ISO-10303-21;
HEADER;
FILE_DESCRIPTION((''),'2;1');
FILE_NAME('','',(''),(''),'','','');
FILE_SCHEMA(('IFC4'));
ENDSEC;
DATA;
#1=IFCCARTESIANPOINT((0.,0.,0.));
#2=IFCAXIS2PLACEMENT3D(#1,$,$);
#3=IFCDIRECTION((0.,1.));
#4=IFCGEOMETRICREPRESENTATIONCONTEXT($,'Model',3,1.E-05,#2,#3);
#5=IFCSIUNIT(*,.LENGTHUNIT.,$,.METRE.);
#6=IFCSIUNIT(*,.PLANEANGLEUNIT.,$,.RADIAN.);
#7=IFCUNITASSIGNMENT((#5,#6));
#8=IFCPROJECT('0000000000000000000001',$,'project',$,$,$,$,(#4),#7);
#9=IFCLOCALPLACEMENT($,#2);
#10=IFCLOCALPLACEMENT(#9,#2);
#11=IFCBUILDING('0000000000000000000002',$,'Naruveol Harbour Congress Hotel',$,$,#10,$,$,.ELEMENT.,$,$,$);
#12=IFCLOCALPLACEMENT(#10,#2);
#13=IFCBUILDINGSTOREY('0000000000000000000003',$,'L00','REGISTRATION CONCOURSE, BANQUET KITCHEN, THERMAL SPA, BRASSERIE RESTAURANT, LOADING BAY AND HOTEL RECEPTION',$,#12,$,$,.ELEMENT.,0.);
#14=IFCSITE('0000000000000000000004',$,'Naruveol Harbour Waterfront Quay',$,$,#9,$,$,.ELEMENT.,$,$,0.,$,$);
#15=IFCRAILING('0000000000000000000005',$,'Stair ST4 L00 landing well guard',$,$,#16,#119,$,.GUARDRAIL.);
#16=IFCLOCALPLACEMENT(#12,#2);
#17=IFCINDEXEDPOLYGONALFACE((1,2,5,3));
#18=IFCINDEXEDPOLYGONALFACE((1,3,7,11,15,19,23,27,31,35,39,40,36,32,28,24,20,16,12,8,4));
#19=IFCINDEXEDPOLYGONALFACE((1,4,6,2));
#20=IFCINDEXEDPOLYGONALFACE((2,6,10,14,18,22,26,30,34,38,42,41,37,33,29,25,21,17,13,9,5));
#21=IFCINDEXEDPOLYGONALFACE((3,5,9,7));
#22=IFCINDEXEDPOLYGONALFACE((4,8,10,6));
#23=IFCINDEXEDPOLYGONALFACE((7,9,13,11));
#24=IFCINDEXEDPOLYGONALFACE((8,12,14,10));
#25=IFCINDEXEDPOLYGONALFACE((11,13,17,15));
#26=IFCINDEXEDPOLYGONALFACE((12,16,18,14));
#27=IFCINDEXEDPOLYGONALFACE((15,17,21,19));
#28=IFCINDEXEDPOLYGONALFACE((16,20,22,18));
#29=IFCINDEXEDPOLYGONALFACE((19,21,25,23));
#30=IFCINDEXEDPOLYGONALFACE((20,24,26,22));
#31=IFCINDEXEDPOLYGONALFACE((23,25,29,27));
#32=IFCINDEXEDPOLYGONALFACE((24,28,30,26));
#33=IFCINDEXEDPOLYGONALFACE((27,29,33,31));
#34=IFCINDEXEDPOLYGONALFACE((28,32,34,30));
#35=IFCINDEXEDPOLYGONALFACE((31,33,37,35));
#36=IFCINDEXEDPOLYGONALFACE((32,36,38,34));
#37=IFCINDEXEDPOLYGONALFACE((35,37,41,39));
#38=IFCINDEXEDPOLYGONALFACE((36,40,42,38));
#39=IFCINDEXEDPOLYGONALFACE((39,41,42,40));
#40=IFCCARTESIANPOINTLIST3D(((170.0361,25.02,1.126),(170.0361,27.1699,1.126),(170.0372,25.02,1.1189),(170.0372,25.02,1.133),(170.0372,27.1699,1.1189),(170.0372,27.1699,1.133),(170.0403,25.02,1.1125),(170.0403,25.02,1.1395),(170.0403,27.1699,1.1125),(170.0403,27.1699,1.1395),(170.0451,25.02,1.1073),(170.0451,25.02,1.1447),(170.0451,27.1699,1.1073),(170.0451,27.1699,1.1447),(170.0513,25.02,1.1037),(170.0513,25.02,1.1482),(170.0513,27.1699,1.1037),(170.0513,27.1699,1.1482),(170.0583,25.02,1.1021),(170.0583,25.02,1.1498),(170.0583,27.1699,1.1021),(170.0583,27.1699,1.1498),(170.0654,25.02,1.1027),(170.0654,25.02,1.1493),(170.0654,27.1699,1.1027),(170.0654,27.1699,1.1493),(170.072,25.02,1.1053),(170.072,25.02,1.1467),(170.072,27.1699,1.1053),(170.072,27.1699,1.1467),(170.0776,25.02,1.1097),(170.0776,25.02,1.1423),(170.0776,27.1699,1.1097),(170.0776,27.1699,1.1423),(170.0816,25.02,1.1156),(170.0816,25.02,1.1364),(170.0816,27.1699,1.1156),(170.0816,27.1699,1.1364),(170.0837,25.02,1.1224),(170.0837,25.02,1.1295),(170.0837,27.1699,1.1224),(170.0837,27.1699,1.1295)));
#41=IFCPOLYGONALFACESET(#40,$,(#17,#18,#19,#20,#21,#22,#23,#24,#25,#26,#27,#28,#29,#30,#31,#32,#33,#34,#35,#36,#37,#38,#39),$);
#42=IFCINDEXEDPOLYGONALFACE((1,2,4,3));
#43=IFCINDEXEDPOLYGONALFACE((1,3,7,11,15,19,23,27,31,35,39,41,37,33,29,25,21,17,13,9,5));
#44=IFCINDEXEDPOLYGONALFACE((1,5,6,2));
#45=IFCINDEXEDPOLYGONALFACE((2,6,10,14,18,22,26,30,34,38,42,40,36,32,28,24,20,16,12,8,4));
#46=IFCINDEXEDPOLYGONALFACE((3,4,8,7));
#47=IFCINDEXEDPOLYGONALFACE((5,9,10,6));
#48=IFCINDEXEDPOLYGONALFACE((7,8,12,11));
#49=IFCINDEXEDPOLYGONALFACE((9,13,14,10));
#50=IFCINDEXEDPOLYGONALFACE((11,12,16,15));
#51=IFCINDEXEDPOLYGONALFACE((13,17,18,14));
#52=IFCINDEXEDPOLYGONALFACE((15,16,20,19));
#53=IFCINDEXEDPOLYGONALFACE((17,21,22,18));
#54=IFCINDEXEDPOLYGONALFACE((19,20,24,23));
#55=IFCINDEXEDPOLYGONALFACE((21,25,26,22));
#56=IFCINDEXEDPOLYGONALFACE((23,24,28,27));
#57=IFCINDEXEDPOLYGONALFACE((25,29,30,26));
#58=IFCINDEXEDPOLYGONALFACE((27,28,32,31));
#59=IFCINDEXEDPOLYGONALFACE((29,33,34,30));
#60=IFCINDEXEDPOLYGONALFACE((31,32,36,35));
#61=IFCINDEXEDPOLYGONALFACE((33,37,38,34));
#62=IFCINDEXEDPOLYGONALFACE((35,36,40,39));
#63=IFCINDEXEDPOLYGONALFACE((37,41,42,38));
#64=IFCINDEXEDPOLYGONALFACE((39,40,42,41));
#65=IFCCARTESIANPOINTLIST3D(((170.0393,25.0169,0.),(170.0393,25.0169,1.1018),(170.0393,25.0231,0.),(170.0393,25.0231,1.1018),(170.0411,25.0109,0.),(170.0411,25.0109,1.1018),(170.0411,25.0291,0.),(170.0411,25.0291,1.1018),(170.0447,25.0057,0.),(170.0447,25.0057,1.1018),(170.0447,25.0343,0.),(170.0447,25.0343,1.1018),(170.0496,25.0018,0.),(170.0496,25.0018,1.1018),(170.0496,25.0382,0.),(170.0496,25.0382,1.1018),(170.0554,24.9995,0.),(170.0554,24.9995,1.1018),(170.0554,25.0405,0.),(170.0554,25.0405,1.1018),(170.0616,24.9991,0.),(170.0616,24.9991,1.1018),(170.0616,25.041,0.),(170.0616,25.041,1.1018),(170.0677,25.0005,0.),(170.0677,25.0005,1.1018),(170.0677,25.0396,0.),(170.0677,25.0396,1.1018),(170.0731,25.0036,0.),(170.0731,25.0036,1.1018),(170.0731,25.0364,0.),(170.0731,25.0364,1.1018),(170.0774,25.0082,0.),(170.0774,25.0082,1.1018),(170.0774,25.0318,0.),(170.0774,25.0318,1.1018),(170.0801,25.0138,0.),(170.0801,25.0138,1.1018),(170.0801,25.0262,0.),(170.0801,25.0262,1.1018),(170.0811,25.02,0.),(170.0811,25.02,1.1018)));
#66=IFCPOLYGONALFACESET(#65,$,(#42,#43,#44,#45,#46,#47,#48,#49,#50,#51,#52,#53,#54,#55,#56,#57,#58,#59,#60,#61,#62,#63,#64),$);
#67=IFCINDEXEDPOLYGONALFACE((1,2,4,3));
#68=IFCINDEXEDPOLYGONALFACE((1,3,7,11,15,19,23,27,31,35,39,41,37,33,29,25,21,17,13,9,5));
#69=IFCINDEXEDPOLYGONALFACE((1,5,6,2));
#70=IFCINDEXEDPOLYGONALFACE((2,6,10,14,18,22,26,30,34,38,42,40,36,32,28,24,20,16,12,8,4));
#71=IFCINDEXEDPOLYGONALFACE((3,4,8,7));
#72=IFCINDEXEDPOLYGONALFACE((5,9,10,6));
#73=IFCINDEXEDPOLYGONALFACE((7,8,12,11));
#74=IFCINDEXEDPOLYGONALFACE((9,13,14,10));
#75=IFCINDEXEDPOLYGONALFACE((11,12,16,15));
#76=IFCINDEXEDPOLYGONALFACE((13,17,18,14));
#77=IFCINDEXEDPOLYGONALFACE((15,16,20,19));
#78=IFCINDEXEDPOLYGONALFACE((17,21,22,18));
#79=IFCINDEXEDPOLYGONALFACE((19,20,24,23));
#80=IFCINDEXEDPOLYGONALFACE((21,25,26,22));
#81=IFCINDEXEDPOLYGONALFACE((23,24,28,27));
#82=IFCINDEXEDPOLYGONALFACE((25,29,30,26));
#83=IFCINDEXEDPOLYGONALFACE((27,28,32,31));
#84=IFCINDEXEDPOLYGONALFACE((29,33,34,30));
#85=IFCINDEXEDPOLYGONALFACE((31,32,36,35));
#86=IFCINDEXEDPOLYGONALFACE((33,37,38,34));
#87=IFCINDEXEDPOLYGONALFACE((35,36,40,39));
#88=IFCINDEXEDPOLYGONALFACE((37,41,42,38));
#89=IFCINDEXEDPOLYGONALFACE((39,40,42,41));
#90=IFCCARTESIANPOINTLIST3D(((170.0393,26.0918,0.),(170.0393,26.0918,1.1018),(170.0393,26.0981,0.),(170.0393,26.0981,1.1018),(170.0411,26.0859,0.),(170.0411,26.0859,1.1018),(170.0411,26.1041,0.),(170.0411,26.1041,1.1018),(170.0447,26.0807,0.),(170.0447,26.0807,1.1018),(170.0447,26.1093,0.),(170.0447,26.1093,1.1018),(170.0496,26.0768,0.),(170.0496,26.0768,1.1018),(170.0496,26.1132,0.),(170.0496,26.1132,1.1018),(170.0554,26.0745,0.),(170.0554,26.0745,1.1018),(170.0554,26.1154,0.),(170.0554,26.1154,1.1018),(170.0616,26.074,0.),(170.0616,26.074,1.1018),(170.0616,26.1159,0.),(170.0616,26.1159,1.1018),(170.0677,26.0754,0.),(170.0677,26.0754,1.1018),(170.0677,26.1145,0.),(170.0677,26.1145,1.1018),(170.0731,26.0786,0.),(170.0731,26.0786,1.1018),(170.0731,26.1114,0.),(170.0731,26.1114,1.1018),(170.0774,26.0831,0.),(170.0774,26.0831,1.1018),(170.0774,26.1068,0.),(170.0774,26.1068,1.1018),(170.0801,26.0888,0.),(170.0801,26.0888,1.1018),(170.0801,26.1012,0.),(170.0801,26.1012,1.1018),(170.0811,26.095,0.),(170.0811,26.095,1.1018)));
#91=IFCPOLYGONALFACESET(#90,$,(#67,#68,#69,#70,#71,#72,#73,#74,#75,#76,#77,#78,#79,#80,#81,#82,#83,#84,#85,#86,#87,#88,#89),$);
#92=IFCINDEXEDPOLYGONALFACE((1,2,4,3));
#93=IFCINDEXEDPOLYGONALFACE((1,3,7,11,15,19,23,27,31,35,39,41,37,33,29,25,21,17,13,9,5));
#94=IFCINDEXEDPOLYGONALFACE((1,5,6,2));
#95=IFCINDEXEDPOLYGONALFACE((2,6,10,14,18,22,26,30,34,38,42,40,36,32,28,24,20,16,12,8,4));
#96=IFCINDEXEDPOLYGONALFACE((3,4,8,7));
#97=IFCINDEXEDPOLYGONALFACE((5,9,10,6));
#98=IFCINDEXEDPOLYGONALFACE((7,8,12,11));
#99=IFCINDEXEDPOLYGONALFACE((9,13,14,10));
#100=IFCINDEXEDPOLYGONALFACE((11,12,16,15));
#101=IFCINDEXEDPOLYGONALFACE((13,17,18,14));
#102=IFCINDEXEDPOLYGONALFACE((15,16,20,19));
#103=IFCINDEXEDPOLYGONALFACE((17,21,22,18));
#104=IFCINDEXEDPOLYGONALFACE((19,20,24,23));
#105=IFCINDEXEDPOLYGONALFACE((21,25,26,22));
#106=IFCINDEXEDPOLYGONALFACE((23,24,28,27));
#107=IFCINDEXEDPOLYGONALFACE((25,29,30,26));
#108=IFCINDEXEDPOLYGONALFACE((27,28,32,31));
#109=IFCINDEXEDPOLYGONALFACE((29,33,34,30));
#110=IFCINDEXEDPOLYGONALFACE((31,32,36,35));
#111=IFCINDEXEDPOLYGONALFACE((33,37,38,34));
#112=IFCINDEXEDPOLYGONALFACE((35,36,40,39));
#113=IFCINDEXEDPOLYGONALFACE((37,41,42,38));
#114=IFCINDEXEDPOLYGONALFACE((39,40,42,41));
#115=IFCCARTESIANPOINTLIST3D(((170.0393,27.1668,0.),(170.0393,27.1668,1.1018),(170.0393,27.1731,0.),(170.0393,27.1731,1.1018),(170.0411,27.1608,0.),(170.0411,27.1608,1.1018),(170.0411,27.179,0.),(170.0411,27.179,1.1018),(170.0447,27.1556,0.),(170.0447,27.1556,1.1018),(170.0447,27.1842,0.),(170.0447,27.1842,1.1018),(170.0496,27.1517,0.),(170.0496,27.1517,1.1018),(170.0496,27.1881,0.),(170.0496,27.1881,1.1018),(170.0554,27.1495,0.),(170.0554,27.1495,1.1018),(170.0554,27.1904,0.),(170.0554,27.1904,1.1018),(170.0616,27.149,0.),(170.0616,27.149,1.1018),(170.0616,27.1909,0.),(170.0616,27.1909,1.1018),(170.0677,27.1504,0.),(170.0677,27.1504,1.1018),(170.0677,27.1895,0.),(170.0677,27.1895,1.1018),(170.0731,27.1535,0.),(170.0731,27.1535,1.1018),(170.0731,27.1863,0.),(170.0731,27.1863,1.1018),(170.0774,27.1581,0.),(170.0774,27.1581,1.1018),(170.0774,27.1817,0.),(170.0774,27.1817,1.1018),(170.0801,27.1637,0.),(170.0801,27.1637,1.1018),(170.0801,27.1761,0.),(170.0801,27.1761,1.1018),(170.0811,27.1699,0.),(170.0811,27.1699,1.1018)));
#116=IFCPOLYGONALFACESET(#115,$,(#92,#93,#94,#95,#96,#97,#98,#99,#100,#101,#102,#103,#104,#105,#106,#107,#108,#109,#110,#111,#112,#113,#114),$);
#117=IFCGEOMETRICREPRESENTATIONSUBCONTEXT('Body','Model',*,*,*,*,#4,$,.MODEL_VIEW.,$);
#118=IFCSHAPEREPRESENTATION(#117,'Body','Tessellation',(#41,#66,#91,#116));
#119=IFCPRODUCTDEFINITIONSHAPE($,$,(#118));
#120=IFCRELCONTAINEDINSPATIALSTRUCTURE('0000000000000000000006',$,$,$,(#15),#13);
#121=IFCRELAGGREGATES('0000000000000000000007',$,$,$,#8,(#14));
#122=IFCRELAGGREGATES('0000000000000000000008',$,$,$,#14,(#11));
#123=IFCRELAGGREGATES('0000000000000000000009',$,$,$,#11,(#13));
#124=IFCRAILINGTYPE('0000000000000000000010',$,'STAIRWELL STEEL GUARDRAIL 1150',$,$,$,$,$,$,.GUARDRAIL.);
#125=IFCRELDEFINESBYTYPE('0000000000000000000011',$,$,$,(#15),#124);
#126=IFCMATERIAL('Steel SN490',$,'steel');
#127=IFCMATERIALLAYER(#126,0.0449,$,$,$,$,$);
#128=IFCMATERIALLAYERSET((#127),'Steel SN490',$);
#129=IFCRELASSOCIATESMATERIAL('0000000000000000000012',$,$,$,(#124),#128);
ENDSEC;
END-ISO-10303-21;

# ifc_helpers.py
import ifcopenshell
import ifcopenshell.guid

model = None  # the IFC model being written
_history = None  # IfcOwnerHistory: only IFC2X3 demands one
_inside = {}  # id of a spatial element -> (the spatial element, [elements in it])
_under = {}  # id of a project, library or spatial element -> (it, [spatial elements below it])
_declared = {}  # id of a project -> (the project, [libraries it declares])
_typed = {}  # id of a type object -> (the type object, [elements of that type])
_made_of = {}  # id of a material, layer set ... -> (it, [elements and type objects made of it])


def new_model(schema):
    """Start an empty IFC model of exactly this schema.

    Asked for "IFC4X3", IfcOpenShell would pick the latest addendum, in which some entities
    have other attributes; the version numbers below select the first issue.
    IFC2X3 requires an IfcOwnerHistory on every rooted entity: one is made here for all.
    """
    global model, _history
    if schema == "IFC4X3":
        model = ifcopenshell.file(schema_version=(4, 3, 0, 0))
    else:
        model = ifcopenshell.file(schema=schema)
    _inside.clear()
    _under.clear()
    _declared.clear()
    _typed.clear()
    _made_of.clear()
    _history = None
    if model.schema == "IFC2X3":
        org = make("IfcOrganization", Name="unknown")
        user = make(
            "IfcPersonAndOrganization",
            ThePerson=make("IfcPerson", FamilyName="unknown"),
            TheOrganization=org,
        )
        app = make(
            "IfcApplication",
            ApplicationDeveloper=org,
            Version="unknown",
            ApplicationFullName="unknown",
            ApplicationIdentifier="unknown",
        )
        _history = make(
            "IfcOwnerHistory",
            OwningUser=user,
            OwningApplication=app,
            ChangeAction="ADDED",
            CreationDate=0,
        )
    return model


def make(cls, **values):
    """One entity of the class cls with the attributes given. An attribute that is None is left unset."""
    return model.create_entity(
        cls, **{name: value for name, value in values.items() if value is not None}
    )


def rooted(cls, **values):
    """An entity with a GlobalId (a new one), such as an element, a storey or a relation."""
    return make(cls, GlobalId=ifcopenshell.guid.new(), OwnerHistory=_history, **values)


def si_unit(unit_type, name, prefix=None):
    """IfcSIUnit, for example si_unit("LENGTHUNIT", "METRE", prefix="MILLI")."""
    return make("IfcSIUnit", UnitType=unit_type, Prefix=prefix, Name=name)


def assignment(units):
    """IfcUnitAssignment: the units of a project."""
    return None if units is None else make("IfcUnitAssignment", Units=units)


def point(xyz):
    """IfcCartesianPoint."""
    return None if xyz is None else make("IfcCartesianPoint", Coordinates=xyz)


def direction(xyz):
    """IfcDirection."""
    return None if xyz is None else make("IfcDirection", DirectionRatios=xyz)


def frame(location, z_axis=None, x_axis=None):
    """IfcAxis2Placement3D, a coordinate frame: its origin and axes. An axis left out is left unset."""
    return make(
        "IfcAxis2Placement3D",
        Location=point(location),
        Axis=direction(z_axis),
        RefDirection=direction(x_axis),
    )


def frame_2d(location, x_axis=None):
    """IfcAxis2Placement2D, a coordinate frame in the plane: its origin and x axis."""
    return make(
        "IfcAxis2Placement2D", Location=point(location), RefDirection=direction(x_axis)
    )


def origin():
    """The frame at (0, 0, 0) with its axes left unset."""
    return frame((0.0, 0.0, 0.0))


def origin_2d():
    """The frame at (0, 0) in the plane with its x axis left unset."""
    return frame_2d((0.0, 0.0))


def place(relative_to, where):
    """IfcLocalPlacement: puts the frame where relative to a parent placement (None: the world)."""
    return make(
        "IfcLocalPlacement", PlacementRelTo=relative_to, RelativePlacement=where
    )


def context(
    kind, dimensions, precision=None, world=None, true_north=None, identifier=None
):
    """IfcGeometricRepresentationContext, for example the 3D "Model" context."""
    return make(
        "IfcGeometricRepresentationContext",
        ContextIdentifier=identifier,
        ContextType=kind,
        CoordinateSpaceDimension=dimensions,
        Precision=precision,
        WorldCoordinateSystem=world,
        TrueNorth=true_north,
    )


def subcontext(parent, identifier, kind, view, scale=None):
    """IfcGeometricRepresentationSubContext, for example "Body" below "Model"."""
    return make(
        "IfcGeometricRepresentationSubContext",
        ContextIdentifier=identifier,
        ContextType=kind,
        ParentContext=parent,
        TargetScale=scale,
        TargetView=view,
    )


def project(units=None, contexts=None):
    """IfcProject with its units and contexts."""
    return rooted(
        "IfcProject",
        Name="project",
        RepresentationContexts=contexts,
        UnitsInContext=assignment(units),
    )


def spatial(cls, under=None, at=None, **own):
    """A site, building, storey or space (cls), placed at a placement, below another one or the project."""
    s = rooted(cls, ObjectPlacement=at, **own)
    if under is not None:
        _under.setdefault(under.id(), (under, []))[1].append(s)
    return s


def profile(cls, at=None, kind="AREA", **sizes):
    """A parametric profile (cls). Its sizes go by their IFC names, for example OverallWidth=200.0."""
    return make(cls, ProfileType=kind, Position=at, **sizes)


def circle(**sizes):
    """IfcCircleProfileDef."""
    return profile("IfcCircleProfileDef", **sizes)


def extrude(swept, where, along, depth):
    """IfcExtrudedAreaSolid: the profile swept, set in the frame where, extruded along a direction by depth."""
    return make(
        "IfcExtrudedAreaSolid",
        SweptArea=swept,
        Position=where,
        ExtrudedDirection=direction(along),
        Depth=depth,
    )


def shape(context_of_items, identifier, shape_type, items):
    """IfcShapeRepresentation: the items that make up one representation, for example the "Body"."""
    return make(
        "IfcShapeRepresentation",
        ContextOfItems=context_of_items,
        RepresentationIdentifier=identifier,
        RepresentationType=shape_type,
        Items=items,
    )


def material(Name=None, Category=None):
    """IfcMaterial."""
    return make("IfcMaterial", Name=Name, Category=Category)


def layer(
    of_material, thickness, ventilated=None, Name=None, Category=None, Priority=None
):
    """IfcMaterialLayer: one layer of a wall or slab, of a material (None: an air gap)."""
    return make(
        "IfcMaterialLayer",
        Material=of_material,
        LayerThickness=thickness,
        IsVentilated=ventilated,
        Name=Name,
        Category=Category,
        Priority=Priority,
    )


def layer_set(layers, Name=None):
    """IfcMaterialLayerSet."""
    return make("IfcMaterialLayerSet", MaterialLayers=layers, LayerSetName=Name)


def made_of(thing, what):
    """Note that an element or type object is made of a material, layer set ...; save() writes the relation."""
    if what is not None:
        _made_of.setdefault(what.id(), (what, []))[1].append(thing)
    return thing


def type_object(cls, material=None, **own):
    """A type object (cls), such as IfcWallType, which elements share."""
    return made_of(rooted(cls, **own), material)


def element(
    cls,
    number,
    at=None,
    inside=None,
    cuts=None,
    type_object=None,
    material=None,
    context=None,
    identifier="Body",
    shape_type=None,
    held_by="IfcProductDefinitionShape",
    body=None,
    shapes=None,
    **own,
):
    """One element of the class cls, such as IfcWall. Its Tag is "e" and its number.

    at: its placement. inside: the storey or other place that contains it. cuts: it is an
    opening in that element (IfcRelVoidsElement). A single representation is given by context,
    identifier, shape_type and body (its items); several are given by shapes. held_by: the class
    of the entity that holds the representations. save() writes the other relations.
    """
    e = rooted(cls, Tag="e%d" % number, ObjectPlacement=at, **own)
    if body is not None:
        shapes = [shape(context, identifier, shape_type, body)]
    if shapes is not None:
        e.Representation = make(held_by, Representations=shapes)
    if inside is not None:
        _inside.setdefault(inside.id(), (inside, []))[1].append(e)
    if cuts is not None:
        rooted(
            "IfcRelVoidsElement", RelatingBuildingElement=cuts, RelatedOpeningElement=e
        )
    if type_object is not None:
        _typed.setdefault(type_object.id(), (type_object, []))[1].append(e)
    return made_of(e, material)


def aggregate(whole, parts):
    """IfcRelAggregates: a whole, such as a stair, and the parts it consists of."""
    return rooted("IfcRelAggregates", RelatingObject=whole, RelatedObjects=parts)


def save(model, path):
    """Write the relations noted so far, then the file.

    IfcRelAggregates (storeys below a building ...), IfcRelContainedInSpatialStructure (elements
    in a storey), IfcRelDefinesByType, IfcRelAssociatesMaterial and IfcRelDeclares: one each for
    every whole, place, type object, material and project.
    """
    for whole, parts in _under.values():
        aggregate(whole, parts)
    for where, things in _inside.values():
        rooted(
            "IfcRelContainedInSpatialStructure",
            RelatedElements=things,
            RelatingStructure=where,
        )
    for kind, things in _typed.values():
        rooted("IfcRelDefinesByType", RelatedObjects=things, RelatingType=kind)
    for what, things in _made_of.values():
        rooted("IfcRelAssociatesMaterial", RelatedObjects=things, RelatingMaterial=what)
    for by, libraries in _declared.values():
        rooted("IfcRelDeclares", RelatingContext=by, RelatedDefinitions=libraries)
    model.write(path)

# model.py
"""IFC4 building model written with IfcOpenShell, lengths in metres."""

from ifc_helpers import new_model, si_unit, direction, frame, origin, origin_2d, place, context, subcontext, project, spatial, circle, extrude, material, layer, layer_set, type_object, element, save


model = new_model("IFC4")

# Units and contexts
model_context = context("Model", 3, precision=1e-05, world=origin(), true_north=direction((0.0, 1.0)))
body_context = subcontext(model_context, "Body", "Model", "MODEL_VIEW")
ifc_project = project(units=[si_unit("LENGTHUNIT", "METRE"), si_unit("PLANEANGLEUNIT", "RADIAN")], contexts=[model_context])

# Site, building, storey
site_placement = place(None, origin())
site = spatial("IfcSite", under=ifc_project, at=site_placement, Name="Naruveol Harbour Waterfront Quay", CompositionType="ELEMENT", RefElevation=0.0)
building_placement = place(site_placement, origin())
building = spatial("IfcBuilding", under=site, at=building_placement, Name="Naruveol Harbour Congress Hotel", CompositionType="ELEMENT")
storey_placement = place(building_placement, origin())
storey = spatial("IfcBuildingStorey", under=building, at=storey_placement, Name="L00", Description="REGISTRATION CONCOURSE, BANQUET KITCHEN, THERMAL SPA, BRASSERIE RESTAURANT, LOADING BAY AND HOTEL RECEPTION", CompositionType="ELEMENT", Elevation=0.0)

# Railing
ifc_material_1 = material(Name="Steel SN490", Category="steel")
ifc_layer_1 = layer(ifc_material_1, 0.0449)
ifc_layer_set_1 = layer_set([ifc_layer_1], Name="Steel SN490")
railing_type_1 = type_object("IfcRailingType", Name="STAIRWELL STEEL GUARDRAIL 1150", PredefinedType="GUARDRAIL", material=ifc_layer_set_1)
railing_1_placement = place(storey_placement, frame((170.0601, 25.02, 0.0)))
element("IfcRailing", 1, at=railing_1_placement, inside=storey, type_object=railing_type_1, Name="Stair ST4 L00 landing well guard", PredefinedType="GUARDRAIL", context=body_context, shape_type="SweptSolid", body=[
    extrude(circle(Radius=0.0239, at=origin_2d()), frame((0.0, 0.0, 1.126), z_axis=(0.0, 1.0, 0.0), x_axis=(-1.0, 0.0, 0.0)), (0.0, 0.0, 1.0), 2.1499),
    extrude(circle(Radius=0.021, at=origin_2d()), origin(), (0.0, 0.0, 1.0), 1.1018),
    extrude(circle(Radius=0.021, at=origin_2d()), frame((0.0, 1.075, 0.0)), (0.0, 0.0, 1.0), 1.1018),
    extrude(circle(Radius=0.021, at=origin_2d()), frame((0.0, 2.1499, 0.0)), (0.0, 0.0, 1.0), 1.1018),
])

save(model, "model.ifc")
